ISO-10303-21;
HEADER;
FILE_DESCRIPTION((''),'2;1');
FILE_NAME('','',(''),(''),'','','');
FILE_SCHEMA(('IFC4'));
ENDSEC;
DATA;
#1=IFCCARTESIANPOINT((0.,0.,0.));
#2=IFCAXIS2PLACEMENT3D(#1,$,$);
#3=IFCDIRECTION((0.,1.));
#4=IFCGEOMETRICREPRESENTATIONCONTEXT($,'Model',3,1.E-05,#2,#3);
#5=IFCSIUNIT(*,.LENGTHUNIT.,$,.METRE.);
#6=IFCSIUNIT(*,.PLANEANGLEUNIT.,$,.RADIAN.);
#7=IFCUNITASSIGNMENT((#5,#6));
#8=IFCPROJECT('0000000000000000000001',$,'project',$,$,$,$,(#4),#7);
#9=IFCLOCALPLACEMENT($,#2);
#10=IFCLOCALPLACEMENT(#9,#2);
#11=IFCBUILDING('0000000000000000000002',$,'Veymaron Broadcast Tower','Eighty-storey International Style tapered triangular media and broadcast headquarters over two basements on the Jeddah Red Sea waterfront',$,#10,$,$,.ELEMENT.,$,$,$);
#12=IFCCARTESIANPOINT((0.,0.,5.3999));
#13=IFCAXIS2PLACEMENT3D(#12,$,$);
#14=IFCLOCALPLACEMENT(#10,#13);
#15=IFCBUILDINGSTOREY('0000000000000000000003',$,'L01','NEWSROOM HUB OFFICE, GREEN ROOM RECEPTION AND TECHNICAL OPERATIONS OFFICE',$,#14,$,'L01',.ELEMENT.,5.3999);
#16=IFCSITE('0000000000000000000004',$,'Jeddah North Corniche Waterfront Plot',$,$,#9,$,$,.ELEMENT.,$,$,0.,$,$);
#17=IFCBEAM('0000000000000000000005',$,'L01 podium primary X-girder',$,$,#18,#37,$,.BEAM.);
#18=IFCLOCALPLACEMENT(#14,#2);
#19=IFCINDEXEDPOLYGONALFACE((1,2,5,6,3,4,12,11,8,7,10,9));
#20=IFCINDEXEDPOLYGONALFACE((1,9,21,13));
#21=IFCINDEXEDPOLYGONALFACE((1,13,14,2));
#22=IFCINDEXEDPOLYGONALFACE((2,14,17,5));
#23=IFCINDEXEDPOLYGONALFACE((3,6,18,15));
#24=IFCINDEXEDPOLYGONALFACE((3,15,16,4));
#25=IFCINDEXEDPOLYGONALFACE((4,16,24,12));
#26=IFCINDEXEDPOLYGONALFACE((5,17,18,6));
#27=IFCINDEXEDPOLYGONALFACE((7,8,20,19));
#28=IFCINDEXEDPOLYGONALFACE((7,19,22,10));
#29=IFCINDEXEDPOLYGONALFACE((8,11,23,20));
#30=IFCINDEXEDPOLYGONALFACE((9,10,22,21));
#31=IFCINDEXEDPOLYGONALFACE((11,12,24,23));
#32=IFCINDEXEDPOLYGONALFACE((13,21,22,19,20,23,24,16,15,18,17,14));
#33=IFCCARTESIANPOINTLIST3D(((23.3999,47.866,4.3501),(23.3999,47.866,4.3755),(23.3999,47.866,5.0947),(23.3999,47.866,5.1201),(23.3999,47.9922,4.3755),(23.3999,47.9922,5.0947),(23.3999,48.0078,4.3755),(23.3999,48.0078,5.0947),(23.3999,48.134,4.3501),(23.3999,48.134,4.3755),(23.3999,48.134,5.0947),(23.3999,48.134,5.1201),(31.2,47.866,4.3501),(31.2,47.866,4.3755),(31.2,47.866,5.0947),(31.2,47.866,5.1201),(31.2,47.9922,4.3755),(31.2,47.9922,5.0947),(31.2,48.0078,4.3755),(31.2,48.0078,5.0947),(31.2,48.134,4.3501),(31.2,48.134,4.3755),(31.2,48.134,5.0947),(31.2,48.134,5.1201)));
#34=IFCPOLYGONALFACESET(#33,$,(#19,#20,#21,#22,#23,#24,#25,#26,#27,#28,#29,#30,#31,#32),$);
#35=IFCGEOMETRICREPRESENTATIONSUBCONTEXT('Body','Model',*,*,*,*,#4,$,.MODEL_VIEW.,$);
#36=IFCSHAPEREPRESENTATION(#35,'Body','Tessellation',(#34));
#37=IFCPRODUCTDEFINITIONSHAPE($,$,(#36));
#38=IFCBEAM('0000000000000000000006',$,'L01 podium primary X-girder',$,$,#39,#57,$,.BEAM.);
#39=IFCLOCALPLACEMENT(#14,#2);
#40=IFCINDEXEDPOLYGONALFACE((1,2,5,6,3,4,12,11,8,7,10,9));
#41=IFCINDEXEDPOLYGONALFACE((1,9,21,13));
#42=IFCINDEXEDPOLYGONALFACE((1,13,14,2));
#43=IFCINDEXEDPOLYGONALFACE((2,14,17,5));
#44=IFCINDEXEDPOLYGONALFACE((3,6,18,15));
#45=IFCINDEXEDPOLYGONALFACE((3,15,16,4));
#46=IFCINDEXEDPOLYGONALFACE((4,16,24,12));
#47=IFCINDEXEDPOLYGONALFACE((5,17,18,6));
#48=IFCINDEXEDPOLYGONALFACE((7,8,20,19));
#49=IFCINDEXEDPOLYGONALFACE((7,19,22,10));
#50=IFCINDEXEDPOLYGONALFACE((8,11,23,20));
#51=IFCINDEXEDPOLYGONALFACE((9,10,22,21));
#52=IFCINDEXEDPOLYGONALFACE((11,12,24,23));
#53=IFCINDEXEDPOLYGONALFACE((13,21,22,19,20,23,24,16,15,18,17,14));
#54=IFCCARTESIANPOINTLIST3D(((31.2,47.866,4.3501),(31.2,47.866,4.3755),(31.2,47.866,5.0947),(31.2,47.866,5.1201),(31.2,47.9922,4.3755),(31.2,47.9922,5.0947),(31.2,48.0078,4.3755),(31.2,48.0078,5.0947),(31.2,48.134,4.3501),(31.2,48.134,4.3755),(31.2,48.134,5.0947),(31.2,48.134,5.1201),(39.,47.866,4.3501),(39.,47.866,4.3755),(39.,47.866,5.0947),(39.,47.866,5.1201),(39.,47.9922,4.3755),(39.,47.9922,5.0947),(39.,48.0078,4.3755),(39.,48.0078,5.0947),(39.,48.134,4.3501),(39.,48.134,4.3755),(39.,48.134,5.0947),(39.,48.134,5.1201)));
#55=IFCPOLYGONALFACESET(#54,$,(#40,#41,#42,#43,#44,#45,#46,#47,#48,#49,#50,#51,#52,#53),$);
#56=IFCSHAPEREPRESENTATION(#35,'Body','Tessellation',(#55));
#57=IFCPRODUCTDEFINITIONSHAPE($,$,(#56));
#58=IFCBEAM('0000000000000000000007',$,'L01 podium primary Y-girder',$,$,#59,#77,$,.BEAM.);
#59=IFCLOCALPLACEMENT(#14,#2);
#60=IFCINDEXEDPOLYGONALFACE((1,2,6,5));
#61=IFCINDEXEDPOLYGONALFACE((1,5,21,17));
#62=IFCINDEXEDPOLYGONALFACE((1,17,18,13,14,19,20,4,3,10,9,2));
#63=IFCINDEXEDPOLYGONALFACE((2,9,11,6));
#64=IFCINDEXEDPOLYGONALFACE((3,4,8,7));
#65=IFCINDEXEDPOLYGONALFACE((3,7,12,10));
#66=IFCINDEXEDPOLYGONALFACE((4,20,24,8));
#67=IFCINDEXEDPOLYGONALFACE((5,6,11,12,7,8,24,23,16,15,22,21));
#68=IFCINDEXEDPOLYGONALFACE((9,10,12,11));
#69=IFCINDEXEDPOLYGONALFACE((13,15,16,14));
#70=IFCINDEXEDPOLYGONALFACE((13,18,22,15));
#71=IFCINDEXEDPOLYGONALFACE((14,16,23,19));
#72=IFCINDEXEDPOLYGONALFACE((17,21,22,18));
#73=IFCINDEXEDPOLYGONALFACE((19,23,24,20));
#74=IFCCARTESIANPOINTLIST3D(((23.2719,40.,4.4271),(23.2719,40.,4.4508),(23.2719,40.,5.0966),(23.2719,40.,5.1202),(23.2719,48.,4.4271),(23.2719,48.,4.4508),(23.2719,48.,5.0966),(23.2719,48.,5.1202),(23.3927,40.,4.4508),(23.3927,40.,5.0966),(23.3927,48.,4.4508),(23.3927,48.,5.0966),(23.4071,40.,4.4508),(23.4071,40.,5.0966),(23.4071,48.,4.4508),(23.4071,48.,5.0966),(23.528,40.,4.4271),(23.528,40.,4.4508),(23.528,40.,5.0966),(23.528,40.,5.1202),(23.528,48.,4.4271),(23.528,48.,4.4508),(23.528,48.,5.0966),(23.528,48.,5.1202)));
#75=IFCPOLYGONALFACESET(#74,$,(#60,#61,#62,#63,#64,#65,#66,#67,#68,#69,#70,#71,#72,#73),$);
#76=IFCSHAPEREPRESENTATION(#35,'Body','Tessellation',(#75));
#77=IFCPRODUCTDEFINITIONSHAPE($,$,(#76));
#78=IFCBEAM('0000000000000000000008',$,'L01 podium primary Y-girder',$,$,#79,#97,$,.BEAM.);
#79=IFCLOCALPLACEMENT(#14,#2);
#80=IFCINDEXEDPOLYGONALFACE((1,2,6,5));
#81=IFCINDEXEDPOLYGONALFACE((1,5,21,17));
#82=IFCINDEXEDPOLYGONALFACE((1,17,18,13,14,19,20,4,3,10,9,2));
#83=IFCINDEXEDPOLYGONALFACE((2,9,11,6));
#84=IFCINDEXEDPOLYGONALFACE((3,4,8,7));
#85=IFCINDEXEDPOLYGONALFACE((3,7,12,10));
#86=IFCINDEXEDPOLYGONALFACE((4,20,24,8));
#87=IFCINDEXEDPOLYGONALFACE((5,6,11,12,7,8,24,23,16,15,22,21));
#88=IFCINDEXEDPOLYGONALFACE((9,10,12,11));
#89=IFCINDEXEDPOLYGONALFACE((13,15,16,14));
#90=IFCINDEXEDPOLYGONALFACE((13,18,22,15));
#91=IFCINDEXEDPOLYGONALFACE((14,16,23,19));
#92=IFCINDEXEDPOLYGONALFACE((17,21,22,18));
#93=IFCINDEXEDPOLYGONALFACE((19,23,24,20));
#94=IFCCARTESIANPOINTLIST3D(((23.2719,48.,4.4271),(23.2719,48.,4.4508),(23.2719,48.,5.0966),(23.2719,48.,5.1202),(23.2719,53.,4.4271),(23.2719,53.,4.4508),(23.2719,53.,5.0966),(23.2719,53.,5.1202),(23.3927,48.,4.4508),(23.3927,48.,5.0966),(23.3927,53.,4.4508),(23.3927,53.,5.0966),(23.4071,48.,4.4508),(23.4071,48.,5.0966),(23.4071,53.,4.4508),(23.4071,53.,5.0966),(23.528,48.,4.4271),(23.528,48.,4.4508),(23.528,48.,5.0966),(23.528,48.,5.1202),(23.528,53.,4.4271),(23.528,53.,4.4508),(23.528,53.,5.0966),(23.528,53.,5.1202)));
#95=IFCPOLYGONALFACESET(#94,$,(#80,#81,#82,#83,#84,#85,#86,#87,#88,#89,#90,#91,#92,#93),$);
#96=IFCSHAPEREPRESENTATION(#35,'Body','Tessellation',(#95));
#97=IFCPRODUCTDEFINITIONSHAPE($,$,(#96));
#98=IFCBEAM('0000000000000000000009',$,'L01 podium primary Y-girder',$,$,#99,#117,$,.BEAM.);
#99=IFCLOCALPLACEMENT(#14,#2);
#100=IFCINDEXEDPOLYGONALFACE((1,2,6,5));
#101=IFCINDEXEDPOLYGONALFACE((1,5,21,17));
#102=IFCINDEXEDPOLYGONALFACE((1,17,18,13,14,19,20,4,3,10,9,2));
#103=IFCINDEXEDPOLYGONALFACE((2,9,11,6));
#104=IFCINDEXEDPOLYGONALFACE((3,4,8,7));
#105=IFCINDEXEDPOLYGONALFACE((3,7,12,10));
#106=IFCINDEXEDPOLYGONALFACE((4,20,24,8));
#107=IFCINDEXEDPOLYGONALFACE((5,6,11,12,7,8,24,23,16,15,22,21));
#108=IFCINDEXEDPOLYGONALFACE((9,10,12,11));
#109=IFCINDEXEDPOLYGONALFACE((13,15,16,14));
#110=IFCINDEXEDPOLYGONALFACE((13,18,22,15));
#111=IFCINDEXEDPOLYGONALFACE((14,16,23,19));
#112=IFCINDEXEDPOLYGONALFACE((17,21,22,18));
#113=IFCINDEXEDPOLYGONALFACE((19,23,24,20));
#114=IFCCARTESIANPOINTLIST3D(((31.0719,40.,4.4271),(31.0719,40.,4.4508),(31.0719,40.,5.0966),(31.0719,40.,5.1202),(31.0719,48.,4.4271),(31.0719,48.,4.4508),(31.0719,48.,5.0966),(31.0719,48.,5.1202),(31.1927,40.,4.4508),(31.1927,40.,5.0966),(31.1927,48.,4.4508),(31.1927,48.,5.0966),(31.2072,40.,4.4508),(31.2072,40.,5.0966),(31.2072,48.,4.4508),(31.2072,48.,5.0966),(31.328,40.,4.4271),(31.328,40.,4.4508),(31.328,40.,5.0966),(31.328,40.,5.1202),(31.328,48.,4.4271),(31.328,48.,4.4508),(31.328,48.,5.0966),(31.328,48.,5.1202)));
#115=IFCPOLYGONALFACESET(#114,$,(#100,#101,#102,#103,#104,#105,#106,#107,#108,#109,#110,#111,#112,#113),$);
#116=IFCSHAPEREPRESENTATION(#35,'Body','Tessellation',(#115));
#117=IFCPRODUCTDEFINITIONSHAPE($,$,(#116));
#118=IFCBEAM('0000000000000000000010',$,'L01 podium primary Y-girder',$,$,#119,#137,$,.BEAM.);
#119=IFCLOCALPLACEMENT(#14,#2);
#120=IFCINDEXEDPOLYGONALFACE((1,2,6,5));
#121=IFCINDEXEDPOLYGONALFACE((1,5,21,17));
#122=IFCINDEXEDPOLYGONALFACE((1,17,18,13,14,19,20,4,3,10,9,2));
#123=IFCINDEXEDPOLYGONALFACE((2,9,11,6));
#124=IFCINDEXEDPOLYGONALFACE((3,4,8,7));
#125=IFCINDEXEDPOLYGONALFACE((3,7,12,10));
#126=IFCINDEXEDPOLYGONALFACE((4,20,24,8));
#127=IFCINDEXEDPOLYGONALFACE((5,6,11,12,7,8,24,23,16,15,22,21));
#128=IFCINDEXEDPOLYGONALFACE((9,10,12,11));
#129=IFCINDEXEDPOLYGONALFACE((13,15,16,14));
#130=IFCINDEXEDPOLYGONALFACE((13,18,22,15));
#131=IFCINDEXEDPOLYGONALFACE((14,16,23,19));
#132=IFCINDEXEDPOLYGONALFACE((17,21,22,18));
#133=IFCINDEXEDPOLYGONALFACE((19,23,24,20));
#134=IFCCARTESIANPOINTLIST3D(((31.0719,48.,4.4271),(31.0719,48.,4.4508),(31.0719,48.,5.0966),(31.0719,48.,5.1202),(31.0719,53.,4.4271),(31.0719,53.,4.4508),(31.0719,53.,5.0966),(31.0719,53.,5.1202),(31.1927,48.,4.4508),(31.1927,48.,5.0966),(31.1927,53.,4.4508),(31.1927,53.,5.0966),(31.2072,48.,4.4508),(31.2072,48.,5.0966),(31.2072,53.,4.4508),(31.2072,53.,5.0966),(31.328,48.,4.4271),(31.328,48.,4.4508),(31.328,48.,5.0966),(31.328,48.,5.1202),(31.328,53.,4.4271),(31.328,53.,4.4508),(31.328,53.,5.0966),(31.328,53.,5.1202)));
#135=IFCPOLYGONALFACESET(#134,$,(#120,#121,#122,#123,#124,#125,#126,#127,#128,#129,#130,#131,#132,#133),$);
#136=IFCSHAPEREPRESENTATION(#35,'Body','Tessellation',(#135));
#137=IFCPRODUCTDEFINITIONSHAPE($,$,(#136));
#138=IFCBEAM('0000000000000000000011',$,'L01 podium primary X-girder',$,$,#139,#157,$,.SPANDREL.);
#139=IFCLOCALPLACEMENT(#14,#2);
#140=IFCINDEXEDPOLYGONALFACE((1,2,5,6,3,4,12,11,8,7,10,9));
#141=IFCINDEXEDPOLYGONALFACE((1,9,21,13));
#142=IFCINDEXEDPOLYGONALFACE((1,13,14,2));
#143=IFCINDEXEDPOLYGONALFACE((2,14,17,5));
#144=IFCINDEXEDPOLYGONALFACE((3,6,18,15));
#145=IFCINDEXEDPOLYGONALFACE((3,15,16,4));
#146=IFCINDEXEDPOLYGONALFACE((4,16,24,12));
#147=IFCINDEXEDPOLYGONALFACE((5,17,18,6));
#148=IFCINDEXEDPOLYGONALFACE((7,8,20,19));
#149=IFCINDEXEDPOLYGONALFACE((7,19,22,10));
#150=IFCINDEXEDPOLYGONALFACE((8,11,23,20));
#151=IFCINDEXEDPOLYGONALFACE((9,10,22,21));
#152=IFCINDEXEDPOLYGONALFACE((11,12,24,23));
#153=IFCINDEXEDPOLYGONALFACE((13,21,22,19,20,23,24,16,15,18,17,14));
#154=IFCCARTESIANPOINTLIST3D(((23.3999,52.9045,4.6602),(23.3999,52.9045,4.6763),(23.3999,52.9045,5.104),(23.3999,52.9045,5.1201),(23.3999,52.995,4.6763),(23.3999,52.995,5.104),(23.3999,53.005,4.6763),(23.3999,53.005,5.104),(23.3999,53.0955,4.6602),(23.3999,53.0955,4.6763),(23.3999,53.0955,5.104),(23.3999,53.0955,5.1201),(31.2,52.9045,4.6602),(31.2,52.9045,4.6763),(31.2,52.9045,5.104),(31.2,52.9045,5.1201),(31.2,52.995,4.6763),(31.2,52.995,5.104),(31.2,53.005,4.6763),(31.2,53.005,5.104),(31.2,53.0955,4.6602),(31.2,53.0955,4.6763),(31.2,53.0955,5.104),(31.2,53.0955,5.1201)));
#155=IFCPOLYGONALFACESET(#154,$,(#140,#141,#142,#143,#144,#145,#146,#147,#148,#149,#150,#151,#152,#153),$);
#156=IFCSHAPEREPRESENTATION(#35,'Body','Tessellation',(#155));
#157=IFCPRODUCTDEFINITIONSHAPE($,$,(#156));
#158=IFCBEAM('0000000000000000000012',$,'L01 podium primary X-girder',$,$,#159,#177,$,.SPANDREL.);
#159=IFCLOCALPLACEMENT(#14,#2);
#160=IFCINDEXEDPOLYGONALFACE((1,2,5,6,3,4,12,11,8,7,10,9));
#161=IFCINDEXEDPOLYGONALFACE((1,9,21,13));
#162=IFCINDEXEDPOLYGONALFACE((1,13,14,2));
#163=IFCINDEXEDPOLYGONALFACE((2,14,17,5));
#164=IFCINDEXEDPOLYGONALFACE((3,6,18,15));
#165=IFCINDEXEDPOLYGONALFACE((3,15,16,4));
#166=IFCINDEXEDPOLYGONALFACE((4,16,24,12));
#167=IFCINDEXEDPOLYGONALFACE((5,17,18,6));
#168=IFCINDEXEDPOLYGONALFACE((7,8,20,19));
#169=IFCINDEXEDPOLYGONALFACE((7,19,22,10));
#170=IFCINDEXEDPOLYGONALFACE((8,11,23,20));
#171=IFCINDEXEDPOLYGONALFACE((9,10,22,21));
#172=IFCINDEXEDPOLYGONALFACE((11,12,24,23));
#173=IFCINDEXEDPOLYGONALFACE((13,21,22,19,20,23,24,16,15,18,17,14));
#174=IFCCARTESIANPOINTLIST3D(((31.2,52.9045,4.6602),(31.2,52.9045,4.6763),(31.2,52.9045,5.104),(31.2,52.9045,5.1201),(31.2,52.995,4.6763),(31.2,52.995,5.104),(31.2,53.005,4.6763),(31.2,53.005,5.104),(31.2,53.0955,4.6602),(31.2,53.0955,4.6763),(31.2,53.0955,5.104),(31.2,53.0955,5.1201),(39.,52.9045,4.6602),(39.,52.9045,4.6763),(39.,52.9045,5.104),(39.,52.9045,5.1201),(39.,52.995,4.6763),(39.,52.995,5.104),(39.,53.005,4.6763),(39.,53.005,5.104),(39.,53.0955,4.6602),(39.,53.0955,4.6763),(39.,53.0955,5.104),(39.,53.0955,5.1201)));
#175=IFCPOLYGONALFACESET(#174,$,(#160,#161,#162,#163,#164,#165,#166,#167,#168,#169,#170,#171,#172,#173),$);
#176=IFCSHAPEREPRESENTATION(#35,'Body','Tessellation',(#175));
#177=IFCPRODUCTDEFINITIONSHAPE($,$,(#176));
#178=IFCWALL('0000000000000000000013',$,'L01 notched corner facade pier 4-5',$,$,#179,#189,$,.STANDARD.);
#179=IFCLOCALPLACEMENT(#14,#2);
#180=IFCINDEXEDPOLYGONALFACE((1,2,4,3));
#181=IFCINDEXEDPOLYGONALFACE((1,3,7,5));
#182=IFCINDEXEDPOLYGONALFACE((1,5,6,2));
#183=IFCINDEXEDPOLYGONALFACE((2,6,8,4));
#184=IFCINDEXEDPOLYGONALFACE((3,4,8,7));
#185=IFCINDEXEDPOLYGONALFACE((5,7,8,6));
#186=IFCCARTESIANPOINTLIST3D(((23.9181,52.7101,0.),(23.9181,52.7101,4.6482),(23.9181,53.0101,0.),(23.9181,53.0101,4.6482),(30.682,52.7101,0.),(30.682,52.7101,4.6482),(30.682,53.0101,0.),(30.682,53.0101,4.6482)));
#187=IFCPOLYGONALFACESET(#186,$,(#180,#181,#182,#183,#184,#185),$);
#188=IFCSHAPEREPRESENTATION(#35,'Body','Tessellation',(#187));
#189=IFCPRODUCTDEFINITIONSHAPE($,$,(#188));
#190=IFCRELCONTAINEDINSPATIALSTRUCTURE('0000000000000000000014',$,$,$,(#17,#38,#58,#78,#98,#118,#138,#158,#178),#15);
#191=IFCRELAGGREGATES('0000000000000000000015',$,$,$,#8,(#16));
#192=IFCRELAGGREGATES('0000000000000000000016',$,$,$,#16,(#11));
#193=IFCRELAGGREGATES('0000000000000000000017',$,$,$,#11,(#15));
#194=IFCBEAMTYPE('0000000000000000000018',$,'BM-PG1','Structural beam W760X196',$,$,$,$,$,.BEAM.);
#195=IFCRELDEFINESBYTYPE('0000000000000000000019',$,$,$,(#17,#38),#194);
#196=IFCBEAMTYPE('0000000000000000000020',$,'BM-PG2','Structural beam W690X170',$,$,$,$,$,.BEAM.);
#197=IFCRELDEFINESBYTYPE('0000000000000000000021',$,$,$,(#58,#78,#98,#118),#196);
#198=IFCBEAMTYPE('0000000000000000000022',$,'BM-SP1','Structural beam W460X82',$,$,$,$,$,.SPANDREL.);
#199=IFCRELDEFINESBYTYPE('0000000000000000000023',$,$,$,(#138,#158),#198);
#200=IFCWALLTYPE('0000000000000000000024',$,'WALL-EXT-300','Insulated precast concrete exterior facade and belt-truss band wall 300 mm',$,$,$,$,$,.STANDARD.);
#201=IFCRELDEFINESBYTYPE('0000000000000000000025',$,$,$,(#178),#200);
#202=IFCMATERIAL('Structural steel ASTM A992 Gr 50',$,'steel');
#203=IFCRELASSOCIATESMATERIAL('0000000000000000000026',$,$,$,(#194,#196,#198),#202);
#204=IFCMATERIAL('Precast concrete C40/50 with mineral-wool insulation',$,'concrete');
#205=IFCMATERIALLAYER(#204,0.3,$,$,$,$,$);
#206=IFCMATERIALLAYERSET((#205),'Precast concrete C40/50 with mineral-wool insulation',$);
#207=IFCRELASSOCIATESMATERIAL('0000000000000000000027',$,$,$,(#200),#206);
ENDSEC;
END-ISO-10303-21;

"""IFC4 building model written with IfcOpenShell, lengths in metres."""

from ifc_helpers import new_model, si_unit, direction, frame, frame_2d, origin, origin_2d, place, context, subcontext, project, spatial, rectangle, i_section, extrude, material, layer, layer_set, material_profile, profile_set, type_object, element, save


model = new_model("IFC4")

# Units and contexts
model_context = context("Model", 3, precision=1e-05, world=origin(), true_north=direction((0.0, 1.0)))
body_context = subcontext(model_context, "Body", "Model", "MODEL_VIEW")
ifc_project = project(units=[si_unit("LENGTHUNIT", "METRE"), si_unit("PLANEANGLEUNIT", "RADIAN")], contexts=[model_context])

# Site, building, storey
site_placement = place(None, origin())
site = spatial("IfcSite", under=ifc_project, at=site_placement, Name="Jeddah North Corniche Waterfront Plot", CompositionType="ELEMENT", RefElevation=0.0)
building_placement = place(site_placement, origin())
building = spatial("IfcBuilding", under=site, at=building_placement, Name="Veymaron Broadcast Tower", Description="Eighty-storey International Style tapered triangular media and broadcast headquarters over two basements on the Jeddah Red Sea waterfront", CompositionType="ELEMENT")
storey_placement = place(building_placement, frame((0.0, 0.0, 5.3999)))
storey = spatial("IfcBuildingStorey", under=building, at=storey_placement, Name="L01", Description="NEWSROOM HUB OFFICE, GREEN ROOM RECEPTION AND TECHNICAL OPERATIONS OFFICE", LongName="L01", CompositionType="ELEMENT", Elevation=5.3999)

# Beams
ifc_material_1 = material(Name="Structural steel ASTM A992 Gr 50", Category="steel")
ifc_material_profile_1 = material_profile(ifc_material_1, i_section(OverallWidth=0.2681, OverallDepth=0.77, WebThickness=0.0156, FlangeThickness=0.0254, at=origin_2d()), Name="W760X196")
ifc_profile_set_1 = profile_set([ifc_material_profile_1], Name="Structural steel ASTM A992 Gr 50")
beam_type_1 = type_object("IfcBeamType", Name="BM-PG1", Description="Structural beam W760X196", PredefinedType="BEAM", material=ifc_profile_set_1)
for number, where, z_axis, x_axis, name in (
    (1, (23.3999, 48.0, 4.7351), (1.0, 0.0, 0.0), (0.0, 1.0, 0.0), "L01 podium primary X-girder"),
    (2, (31.2, 48.0, 4.7351), (1.0, 0.0, 0.0), (0.0, 1.0, 0.0), "L01 podium primary X-girder"),
):
    element("IfcBeam", number, at=place(storey_placement, frame(where, z_axis=z_axis, x_axis=x_axis)), inside=storey, type_object=beam_type_1, Name=name, PredefinedType="BEAM", context=body_context, shape_type="SweptSolid", body=[
        extrude(i_section(OverallWidth=0.2681, OverallDepth=0.77, WebThickness=0.0156, FlangeThickness=0.0254, at=origin_2d()), origin(), (0.0, 0.0, 1.0), 7.8),
    ])
ifc_material_profile_2 = material_profile(ifc_material_1, i_section(OverallWidth=0.2561, OverallDepth=0.6931, WebThickness=0.0144, FlangeThickness=0.0237, at=origin_2d()), Name="W690X170")
ifc_profile_set_2 = profile_set([ifc_material_profile_2], Name="Structural steel ASTM A992 Gr 50")
beam_type_2 = type_object("IfcBeamType", Name="BM-PG2", Description="Structural beam W690X170", PredefinedType="BEAM", material=ifc_profile_set_2)
beam_1_placement = place(storey_placement, frame((23.3999, 40.0, 4.7737), z_axis=(0.0, 1.0, 0.0), x_axis=(-1.0, 0.0, 0.0)))
element("IfcBeam", 3, at=beam_1_placement, inside=storey, type_object=beam_type_2, Name="L01 podium primary Y-girder", PredefinedType="BEAM", context=body_context, shape_type="SweptSolid", body=[
    extrude(i_section(OverallWidth=0.2561, OverallDepth=0.6931, WebThickness=0.0144, FlangeThickness=0.0237, at=origin_2d()), origin(), (0.0, 0.0, 1.0), 8.0),
])
beam_2_placement = place(storey_placement, frame((23.3999, 48.0, 4.7737), z_axis=(0.0, 1.0, 0.0), x_axis=(-1.0, 0.0, 0.0)))
element("IfcBeam", 4, at=beam_2_placement, inside=storey, type_object=beam_type_2, Name="L01 podium primary Y-girder", PredefinedType="BEAM", context=body_context, shape_type="SweptSolid", body=[
    extrude(i_section(OverallWidth=0.2561, OverallDepth=0.6931, WebThickness=0.0144, FlangeThickness=0.0237, at=origin_2d()), origin(), (0.0, 0.0, 1.0), 5.0),
])
beam_3_placement = place(storey_placement, frame((31.2, 40.0, 4.7737), z_axis=(0.0, 1.0, 0.0), x_axis=(-1.0, 0.0, 0.0)))
element("IfcBeam", 5, at=beam_3_placement, inside=storey, type_object=beam_type_2, Name="L01 podium primary Y-girder", PredefinedType="BEAM", context=body_context, shape_type="SweptSolid", body=[
    extrude(i_section(OverallWidth=0.2561, OverallDepth=0.6931, WebThickness=0.0144, FlangeThickness=0.0237, at=origin_2d()), origin(), (0.0, 0.0, 1.0), 8.0),
])
beam_4_placement = place(storey_placement, frame((31.2, 48.0, 4.7737), z_axis=(0.0, 1.0, 0.0), x_axis=(-1.0, 0.0, 0.0)))
element("IfcBeam", 6, at=beam_4_placement, inside=storey, type_object=beam_type_2, Name="L01 podium primary Y-girder", PredefinedType="BEAM", context=body_context, shape_type="SweptSolid", body=[
    extrude(i_section(OverallWidth=0.2561, OverallDepth=0.6931, WebThickness=0.0144, FlangeThickness=0.0237, at=origin_2d()), origin(), (0.0, 0.0, 1.0), 5.0),
])
ifc_material_profile_3 = material_profile(ifc_material_1, i_section(OverallWidth=0.1909, OverallDepth=0.46, WebThickness=0.01, FlangeThickness=0.0161, at=origin_2d()), Name="W460X82")
ifc_profile_set_3 = profile_set([ifc_material_profile_3], Name="Structural steel ASTM A992 Gr 50")
beam_type_3 = type_object("IfcBeamType", Name="BM-SP1", Description="Structural beam W460X82", PredefinedType="SPANDREL", material=ifc_profile_set_3)
for number, where, z_axis, x_axis, name in (
    (7, (23.3999, 53.0, 4.8901), (1.0, 0.0, 0.0), (0.0, 1.0, 0.0), "L01 podium primary X-girder"),
    (8, (31.2, 53.0, 4.8901), (1.0, 0.0, 0.0), (0.0, 1.0, 0.0), "L01 podium primary X-girder"),
):
    element("IfcBeam", number, at=place(storey_placement, frame(where, z_axis=z_axis, x_axis=x_axis)), inside=storey, type_object=beam_type_3, Name=name, PredefinedType="SPANDREL", context=body_context, shape_type="SweptSolid", body=[
        extrude(i_section(OverallWidth=0.1909, OverallDepth=0.46, WebThickness=0.01, FlangeThickness=0.0161, at=origin_2d()), origin(), (0.0, 0.0, 1.0), 7.8),
    ])

# Wall
ifc_material_2 = material(Name="Precast concrete C40/50 with mineral-wool insulation", Category="concrete")
ifc_layer_1 = layer(ifc_material_2, 0.3)
ifc_layer_set_1 = layer_set([ifc_layer_1], Name="Precast concrete C40/50 with mineral-wool insulation")
wall_type_1 = type_object("IfcWallType", Name="WALL-EXT-300", Description="Insulated precast concrete exterior facade and belt-truss band wall 300 mm", PredefinedType="STANDARD", material=ifc_layer_set_1)
wall_1_placement = place(storey_placement, frame((30.6819, 52.8601, 0.0), z_axis=(0.0, 0.0, 1.0), x_axis=(-1.0, 0.0, 0.0)))
element("IfcWall", 9, at=wall_1_placement, inside=storey, type_object=wall_type_1, Name="L01 notched corner facade pier 4-5", PredefinedType="STANDARD", context=body_context, shape_type="SweptSolid", body=[
    extrude(rectangle(XDim=6.7639, YDim=0.3, at=frame_2d((3.3818, 0.0))), origin(), (0.0, 0.0, 1.0), 4.6482),
])

save(model, "model.ifc")
